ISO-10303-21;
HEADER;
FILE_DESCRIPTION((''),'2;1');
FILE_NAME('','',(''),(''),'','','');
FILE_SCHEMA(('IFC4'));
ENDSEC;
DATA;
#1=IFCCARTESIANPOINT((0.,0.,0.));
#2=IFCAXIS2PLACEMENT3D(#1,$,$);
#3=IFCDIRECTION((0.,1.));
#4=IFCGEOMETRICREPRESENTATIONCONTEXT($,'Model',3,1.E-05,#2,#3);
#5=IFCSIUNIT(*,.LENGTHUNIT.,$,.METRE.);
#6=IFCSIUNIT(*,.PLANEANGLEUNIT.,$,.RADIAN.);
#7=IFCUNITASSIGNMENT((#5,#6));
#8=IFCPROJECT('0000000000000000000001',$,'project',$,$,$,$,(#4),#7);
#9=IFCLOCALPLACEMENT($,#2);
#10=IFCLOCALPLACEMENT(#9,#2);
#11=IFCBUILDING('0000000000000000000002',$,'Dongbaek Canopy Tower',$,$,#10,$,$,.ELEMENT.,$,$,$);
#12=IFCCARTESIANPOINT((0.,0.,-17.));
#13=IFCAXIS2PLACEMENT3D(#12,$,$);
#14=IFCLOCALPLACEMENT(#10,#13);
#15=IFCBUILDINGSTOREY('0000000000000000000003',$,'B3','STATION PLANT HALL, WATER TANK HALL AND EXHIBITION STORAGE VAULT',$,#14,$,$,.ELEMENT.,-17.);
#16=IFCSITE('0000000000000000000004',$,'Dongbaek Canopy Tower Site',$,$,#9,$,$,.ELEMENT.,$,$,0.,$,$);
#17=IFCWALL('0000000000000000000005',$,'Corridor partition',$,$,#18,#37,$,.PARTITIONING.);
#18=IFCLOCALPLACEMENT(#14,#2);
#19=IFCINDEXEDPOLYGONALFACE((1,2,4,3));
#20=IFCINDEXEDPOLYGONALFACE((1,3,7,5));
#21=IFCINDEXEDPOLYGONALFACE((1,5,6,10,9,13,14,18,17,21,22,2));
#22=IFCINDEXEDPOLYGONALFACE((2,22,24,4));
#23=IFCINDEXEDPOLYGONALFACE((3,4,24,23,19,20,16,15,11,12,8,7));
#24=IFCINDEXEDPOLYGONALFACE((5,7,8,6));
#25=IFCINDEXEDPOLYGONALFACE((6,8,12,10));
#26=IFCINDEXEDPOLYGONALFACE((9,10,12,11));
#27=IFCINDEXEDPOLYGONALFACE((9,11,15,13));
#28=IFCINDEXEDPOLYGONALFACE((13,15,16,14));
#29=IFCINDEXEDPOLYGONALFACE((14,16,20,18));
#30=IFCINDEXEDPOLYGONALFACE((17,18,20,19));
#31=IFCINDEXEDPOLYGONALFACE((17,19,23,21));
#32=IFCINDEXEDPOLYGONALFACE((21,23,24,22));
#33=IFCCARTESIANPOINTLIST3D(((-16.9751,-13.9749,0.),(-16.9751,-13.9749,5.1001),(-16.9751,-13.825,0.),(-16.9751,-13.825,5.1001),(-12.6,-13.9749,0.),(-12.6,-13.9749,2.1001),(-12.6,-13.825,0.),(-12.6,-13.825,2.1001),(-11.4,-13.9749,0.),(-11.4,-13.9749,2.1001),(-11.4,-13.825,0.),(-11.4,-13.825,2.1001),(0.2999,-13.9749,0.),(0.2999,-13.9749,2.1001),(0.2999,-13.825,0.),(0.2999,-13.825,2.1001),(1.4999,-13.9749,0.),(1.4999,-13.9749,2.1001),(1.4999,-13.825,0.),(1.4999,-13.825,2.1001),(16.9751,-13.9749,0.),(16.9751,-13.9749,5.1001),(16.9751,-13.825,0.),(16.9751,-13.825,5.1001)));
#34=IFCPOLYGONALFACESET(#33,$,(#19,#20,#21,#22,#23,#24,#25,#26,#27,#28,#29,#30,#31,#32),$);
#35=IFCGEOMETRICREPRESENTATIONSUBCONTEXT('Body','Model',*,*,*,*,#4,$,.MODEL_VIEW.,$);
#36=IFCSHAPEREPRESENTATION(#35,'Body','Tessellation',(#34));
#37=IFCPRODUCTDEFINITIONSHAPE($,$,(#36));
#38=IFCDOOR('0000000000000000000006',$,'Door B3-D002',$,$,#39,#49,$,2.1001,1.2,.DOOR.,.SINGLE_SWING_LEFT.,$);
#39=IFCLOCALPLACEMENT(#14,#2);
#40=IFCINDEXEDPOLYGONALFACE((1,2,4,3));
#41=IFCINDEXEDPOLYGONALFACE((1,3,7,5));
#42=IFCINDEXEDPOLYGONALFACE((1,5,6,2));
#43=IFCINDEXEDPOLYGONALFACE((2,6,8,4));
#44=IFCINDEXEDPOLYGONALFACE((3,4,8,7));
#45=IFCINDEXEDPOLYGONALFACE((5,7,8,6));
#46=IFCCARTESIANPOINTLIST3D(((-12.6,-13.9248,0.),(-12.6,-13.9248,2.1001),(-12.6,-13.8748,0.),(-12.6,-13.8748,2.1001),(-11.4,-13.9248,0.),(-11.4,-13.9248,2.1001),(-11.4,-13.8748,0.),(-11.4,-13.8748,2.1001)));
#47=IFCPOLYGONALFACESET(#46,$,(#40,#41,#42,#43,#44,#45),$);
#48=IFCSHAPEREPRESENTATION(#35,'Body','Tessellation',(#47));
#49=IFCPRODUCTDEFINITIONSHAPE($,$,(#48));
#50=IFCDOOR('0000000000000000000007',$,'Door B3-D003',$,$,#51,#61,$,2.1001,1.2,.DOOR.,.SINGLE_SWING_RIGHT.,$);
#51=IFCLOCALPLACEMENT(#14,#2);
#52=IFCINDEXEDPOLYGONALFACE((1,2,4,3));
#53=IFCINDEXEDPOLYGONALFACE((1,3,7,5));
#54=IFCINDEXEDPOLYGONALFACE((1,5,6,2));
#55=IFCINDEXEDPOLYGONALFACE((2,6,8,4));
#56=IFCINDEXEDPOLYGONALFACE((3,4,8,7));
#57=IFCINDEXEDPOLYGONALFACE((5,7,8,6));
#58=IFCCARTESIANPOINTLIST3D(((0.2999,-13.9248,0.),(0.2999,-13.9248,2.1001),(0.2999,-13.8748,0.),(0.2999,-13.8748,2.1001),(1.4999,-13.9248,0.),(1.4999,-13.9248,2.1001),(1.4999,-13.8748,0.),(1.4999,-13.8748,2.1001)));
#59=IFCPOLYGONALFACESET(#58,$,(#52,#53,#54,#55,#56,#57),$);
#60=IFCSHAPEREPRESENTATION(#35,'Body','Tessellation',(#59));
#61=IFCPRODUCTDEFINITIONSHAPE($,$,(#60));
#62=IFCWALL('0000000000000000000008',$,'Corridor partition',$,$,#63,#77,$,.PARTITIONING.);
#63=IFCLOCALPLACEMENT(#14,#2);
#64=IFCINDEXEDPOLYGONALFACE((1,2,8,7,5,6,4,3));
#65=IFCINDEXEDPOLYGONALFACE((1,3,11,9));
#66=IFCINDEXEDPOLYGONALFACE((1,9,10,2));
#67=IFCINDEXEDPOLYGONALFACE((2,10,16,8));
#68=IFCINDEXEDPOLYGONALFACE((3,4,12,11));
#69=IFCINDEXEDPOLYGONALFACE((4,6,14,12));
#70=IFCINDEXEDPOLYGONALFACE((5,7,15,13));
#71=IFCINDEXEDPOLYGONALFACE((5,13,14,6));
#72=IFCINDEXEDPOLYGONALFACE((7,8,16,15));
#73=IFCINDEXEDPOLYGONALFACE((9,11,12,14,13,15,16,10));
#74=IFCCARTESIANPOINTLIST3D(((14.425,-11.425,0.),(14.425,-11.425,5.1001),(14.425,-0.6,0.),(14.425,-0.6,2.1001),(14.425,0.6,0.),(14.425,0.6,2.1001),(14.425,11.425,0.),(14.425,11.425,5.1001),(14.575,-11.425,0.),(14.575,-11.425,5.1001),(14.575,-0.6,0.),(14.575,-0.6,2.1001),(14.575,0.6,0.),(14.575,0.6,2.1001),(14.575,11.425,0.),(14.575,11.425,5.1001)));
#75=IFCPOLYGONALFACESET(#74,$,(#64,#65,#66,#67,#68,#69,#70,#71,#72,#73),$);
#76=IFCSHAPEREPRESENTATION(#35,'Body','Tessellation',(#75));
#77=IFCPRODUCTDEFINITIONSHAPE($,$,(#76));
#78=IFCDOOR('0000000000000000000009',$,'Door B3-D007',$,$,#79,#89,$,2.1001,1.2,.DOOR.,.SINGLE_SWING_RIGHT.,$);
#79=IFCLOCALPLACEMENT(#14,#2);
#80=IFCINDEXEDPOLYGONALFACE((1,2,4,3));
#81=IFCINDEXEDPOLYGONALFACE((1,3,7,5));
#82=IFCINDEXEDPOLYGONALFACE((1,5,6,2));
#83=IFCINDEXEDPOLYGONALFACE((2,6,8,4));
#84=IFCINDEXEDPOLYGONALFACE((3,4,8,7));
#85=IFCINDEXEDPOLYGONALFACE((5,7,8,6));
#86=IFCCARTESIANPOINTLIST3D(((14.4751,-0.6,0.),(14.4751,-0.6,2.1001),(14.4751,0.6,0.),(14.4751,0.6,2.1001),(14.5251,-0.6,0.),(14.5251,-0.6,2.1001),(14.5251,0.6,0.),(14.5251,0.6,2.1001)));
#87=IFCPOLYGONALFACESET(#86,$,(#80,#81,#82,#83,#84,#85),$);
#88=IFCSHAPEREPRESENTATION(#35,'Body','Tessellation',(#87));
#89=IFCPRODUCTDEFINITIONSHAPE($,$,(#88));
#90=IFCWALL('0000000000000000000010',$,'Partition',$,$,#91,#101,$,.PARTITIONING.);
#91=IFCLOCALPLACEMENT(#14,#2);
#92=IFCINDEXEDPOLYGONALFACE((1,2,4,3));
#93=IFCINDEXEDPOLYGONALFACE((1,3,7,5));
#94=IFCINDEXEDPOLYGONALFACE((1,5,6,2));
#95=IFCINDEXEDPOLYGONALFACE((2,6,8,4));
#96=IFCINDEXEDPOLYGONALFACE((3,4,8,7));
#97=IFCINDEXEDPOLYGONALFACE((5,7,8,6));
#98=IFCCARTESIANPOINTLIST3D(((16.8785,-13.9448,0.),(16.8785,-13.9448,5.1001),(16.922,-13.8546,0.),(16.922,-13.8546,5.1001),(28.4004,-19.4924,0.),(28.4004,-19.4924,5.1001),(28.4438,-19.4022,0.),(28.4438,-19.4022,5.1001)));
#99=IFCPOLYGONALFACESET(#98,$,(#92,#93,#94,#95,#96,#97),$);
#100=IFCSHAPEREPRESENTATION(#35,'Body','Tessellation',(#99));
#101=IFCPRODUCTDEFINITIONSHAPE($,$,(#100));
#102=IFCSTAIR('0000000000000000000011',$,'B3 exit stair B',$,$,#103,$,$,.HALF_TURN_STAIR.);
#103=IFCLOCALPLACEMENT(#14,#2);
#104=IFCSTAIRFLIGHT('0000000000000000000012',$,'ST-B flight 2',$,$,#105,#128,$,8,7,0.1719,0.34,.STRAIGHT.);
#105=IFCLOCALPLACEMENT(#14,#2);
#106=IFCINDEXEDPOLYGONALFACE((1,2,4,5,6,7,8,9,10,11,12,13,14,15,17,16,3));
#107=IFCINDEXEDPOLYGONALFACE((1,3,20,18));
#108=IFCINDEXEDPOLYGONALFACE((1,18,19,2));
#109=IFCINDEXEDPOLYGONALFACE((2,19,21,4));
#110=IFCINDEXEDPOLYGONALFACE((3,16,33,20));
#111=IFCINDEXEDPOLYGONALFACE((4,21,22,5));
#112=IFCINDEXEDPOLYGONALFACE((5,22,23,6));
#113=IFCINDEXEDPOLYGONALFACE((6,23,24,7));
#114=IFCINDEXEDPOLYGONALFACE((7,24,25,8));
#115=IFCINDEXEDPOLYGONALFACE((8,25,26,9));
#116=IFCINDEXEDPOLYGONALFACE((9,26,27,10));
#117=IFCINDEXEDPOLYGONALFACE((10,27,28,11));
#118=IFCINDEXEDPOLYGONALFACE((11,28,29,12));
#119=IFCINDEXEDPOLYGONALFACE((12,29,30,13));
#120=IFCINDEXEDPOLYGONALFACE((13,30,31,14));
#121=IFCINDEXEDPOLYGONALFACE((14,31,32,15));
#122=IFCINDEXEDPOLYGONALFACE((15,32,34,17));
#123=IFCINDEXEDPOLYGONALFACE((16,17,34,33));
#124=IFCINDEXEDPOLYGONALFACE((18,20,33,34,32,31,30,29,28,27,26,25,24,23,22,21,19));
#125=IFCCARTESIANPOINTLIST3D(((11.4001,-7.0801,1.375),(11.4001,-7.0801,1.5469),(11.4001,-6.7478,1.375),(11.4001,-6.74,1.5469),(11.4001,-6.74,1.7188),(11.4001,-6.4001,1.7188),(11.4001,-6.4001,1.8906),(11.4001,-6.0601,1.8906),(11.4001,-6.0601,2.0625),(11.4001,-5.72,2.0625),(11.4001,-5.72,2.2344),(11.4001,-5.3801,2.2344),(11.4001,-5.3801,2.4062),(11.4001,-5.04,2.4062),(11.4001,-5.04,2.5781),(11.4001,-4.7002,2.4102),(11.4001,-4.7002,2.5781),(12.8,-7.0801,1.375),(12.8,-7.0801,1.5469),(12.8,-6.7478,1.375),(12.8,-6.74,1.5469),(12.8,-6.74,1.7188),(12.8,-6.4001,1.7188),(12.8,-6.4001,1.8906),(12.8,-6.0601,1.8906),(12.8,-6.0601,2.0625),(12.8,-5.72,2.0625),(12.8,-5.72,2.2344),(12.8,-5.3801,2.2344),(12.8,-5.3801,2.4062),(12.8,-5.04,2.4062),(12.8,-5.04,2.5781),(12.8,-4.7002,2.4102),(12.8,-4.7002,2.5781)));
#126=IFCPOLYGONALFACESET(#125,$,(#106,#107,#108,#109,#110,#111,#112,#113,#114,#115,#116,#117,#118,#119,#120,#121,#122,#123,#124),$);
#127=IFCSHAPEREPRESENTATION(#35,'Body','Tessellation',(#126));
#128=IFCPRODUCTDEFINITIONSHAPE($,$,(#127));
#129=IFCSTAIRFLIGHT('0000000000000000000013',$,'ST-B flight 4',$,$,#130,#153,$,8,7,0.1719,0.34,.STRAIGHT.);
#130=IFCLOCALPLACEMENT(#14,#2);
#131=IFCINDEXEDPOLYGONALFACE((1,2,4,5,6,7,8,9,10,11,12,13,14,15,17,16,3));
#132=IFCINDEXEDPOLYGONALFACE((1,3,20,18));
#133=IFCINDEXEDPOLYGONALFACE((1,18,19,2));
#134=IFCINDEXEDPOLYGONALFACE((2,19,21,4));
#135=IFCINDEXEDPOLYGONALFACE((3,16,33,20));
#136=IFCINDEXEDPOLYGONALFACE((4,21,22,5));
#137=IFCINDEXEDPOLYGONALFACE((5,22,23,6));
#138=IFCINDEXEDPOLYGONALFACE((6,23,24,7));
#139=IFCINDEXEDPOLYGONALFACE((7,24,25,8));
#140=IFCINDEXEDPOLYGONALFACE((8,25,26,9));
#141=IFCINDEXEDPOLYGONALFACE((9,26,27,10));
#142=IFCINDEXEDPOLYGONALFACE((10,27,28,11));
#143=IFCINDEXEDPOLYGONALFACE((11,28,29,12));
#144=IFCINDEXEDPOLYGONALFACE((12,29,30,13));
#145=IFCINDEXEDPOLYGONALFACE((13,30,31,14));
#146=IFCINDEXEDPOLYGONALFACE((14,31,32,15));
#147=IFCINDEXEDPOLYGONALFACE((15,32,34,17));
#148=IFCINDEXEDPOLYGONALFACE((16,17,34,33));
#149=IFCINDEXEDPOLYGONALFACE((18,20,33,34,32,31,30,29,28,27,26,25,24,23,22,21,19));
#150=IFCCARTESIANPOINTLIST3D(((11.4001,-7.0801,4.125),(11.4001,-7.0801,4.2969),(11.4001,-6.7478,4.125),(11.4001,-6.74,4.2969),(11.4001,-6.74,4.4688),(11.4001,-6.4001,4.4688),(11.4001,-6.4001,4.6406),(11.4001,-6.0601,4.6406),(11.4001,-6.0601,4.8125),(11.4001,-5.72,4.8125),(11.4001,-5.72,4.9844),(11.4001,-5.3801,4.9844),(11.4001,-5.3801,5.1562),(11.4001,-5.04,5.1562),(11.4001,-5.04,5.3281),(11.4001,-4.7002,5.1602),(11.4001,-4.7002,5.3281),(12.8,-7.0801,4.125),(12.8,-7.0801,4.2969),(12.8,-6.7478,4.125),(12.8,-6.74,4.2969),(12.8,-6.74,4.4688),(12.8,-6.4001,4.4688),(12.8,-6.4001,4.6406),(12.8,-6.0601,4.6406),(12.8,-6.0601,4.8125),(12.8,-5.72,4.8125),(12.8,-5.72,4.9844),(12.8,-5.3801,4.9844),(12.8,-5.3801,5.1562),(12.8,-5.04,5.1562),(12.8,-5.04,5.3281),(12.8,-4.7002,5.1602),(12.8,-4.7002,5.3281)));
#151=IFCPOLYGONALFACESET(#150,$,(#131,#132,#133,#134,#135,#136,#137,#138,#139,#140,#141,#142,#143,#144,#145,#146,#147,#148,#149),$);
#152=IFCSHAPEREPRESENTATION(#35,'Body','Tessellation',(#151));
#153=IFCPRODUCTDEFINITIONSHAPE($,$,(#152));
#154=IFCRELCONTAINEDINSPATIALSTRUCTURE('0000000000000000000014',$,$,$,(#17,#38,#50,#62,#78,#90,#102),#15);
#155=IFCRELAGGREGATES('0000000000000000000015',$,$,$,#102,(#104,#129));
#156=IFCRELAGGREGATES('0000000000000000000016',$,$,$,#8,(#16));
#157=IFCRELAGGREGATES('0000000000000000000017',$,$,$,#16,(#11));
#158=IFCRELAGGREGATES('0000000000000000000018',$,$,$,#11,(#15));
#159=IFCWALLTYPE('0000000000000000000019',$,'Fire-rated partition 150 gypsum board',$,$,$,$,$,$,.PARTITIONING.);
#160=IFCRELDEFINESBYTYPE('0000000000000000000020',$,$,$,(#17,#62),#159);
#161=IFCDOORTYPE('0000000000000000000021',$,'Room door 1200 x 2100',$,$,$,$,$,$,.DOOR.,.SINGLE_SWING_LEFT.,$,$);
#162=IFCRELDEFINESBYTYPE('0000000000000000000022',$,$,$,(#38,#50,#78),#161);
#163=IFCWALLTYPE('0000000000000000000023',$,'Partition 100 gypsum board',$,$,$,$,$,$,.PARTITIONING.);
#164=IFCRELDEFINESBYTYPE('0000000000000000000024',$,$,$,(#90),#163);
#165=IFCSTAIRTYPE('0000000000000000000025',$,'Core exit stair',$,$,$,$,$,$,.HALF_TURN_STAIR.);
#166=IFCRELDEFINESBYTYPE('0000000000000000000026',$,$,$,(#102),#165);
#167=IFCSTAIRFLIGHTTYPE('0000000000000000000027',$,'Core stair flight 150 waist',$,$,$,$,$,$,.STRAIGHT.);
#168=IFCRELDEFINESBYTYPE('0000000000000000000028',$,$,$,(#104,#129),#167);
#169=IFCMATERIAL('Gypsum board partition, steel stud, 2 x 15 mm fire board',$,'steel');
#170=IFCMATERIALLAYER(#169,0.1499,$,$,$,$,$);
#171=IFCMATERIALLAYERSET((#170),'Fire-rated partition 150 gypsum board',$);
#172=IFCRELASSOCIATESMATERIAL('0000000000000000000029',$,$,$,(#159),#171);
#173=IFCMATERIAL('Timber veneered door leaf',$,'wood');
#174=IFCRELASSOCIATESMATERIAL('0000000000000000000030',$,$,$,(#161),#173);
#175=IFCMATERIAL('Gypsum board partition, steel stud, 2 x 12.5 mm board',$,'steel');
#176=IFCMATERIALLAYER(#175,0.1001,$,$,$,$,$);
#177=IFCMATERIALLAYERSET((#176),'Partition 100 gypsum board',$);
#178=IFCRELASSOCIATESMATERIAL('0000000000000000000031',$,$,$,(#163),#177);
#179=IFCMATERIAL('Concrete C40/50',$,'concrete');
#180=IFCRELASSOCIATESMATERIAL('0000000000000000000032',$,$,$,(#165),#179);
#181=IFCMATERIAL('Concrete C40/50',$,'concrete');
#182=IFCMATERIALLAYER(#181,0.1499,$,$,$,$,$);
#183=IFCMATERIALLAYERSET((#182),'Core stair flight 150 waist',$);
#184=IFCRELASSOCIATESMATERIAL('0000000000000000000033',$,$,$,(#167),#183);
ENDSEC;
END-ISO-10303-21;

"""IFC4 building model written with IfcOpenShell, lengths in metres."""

from ifc_helpers import new_model, si_unit, direction, frame, frame_2d, origin, place, context, subcontext, project, spatial, polyline, rectangle, outline, extrude, material, layer, layer_set, type_object, element, fill, aggregate, save


model = new_model("IFC4")

# Units and contexts
model_context = context("Model", 3, precision=1e-05, world=origin(), true_north=direction((0.0, 1.0)))
body_context = subcontext(model_context, "Body", "Model", "MODEL_VIEW")
ifc_project = project(units=[si_unit("LENGTHUNIT", "METRE"), si_unit("PLANEANGLEUNIT", "RADIAN")], contexts=[model_context])

# Site, building, storey
site_placement = place(None, origin())
site = spatial("IfcSite", under=ifc_project, at=site_placement, Name="Dongbaek Canopy Tower Site", CompositionType="ELEMENT", RefElevation=0.0)
building_placement = place(site_placement, origin())
building = spatial("IfcBuilding", under=site, at=building_placement, Name="Dongbaek Canopy Tower", CompositionType="ELEMENT")
storey_placement = place(building_placement, frame((0.0, 0.0, -17.0)))
storey = spatial("IfcBuildingStorey", under=building, at=storey_placement, Name="B3", Description="STATION PLANT HALL, WATER TANK HALL AND EXHIBITION STORAGE VAULT", CompositionType="ELEMENT", Elevation=-17.0)

# Wall, openings, doors
ifc_material_1 = material(Name="Gypsum board partition, steel stud, 2 x 15 mm fire board", Category="steel")
ifc_layer_1 = layer(ifc_material_1, 0.1499)
ifc_layer_set_1 = layer_set([ifc_layer_1], Name="Fire-rated partition 150 gypsum board")
wall_type_1 = type_object("IfcWallType", Name="Fire-rated partition 150 gypsum board", PredefinedType="PARTITIONING", material=ifc_layer_set_1)
wall_1_placement = place(storey_placement, frame((16.9751, -13.8999, 0.0), z_axis=(0.0, 0.0, 1.0), x_axis=(-1.0, 0.0, 0.0)))
wall_1 = element("IfcWall", 1, at=wall_1_placement, inside=storey, type_object=wall_type_1, Name="Corridor partition", PredefinedType="PARTITIONING", context=body_context, shape_type="SweptSolid", body=[
    extrude(rectangle(XDim=33.9502, YDim=0.1499, at=frame_2d((16.9751, 0.0))), origin(), (0.0, 0.0, 1.0), 5.1001),
])
opening_1_placement = place(wall_1_placement, frame((28.375, 0.0, 0.0)))
opening_1 = element("IfcOpeningElement", 2, at=opening_1_placement, cuts=wall_1, PredefinedType="OPENING", context=body_context, shape_type="SweptSolid", body=[
    extrude(rectangle(XDim=1.2, YDim=2.1001, at=frame_2d((0.6001, 1.05))), frame((0.0, 0.085, 0.0), z_axis=(0.0, -1.0, 0.0), x_axis=(1.0, 0.0, 0.0)), (0.0, 0.0, 1.0), 0.1699),
])
opening_2_placement = place(wall_1_placement, frame((15.4751, 0.0, 0.0)))
opening_2 = element("IfcOpeningElement", 3, at=opening_2_placement, cuts=wall_1, PredefinedType="OPENING", context=body_context, shape_type="SweptSolid", body=[
    extrude(rectangle(XDim=1.2, YDim=2.1001, at=frame_2d((0.6001, 1.05))), frame((0.0, 0.085, 0.0), z_axis=(0.0, -1.0, 0.0), x_axis=(1.0, 0.0, 0.0)), (0.0, 0.0, 1.0), 0.1699),
])
ifc_material_2 = material(Name="Timber veneered door leaf", Category="wood")
door_type_1 = type_object("IfcDoorType", Name="Room door 1200 x 2100", OperationType="SINGLE_SWING_LEFT", PredefinedType="DOOR", material=ifc_material_2)
door_1_placement = place(opening_1_placement, origin())
door_1 = element("IfcDoor", 4, at=door_1_placement, inside=storey, type_object=door_type_1, Name="Door B3-D002", OperationType="SINGLE_SWING_LEFT", OverallHeight=2.1001, OverallWidth=1.2, PredefinedType="DOOR", context=body_context, shape_type="SweptSolid", body=[
    extrude(rectangle(XDim=1.2, YDim=2.1001, at=frame_2d((0.6001, 1.05))), frame((0.0, 0.0249, 0.0), z_axis=(0.0, -1.0, 0.0), x_axis=(1.0, 0.0, 0.0)), (0.0, 0.0, 1.0), 0.05),
])
fill(opening_1, door_1)
door_2_placement = place(opening_2_placement, origin())
door_2 = element("IfcDoor", 5, at=door_2_placement, inside=storey, type_object=door_type_1, Name="Door B3-D003", OperationType="SINGLE_SWING_RIGHT", OverallHeight=2.1001, OverallWidth=1.2, PredefinedType="DOOR", context=body_context, shape_type="SweptSolid", body=[
    extrude(rectangle(XDim=1.2, YDim=2.1001, at=frame_2d((0.6001, 1.05))), frame((0.0, 0.0249, 0.0), z_axis=(0.0, -1.0, 0.0), x_axis=(1.0, 0.0, 0.0)), (0.0, 0.0, 1.0), 0.05),
])
fill(opening_2, door_2)

# Wall, opening, door
wall_2_placement = place(storey_placement, frame((14.5, -11.425, 0.0), z_axis=(0.0, 0.0, 1.0), x_axis=(0.0, 1.0, 0.0)))
wall_2 = element("IfcWall", 6, at=wall_2_placement, inside=storey, type_object=wall_type_1, Name="Corridor partition", PredefinedType="PARTITIONING", context=body_context, shape_type="SweptSolid", body=[
    extrude(rectangle(XDim=22.8501, YDim=0.1499, at=frame_2d((11.425, 0.0))), origin(), (0.0, 0.0, 1.0), 5.1001),
])
opening_3_placement = place(wall_2_placement, frame((10.825, 0.0, 0.0)))
opening_3 = element("IfcOpeningElement", 7, at=opening_3_placement, cuts=wall_2, PredefinedType="OPENING", context=body_context, shape_type="SweptSolid", body=[
    extrude(rectangle(XDim=1.2, YDim=2.1001, at=frame_2d((0.6001, 1.05))), frame((0.0, 0.085, 0.0), z_axis=(0.0, -1.0, 0.0), x_axis=(1.0, 0.0, 0.0)), (0.0, 0.0, 1.0), 0.1699),
])
door_3_placement = place(opening_3_placement, origin())
door_3 = element("IfcDoor", 8, at=door_3_placement, inside=storey, type_object=door_type_1, Name="Door B3-D007", OperationType="SINGLE_SWING_RIGHT", OverallHeight=2.1001, OverallWidth=1.2, PredefinedType="DOOR", context=body_context, shape_type="SweptSolid", body=[
    extrude(rectangle(XDim=1.2, YDim=2.1001, at=frame_2d((0.6001, 1.05))), frame((0.0, 0.0249, 0.0), z_axis=(0.0, -1.0, 0.0), x_axis=(1.0, 0.0, 0.0)), (0.0, 0.0, 1.0), 0.05),
])
fill(opening_3, door_3)

# Wall
ifc_material_3 = material(Name="Gypsum board partition, steel stud, 2 x 12.5 mm board", Category="steel")
ifc_layer_2 = layer(ifc_material_3, 0.1001)
ifc_layer_set_2 = layer_set([ifc_layer_2], Name="Partition 100 gypsum board")
wall_type_2 = type_object("IfcWallType", Name="Partition 100 gypsum board", PredefinedType="PARTITIONING", material=ifc_layer_set_2)
wall_3_placement = place(storey_placement, frame((16.9001, -13.8997, 0.0), z_axis=(0.0, 0.0, 1.0), x_axis=(0.901002, -0.433815, 0.0)))
element("IfcWall", 9, at=wall_3_placement, inside=storey, type_object=wall_type_2, Name="Partition", PredefinedType="PARTITIONING", context=body_context, shape_type="SweptSolid", body=[
    extrude(rectangle(XDim=12.7878, YDim=0.1001, at=frame_2d((6.394, 0.0))), origin(), (0.0, 0.0, 1.0), 5.1001),
])

# Stair, stair flights
ifc_material_4 = material(Name="Concrete C40/50", Category="concrete")
stair_type = type_object("IfcStairType", Name="Core exit stair", PredefinedType="HALF_TURN_STAIR", material=ifc_material_4)
stair_placement = place(storey_placement, origin())
stair = element("IfcStair", 10, at=stair_placement, inside=storey, type_object=stair_type, Name="B3 exit stair B", PredefinedType="HALF_TURN_STAIR")
ifc_material_5 = material(Name="Concrete C40/50", Category="concrete")
ifc_layer_3 = layer(ifc_material_5, 0.1499)
ifc_layer_set_3 = layer_set([ifc_layer_3], Name="Core stair flight 150 waist")
stair_flight_type = type_object("IfcStairFlightType", Name="Core stair flight 150 waist", PredefinedType="STRAIGHT", material=ifc_layer_set_3)
stair_flight_1_placement = place(storey_placement, frame((12.1001, -7.0801, 1.375), z_axis=(0.0, 0.0, 1.0), x_axis=(0.0, 1.0, 0.0)))
stair_flight_1 = element("IfcStairFlight", 11, at=stair_flight_1_placement, type_object=stair_flight_type, Name="ST-B flight 2", NumberOfRisers=8, NumberOfTreads=7, PredefinedType="STRAIGHT", RiserHeight=0.1719, TreadLength=0.34, context=body_context, shape_type="SweptSolid", body=[
    extrude(outline(polyline([(0.0, 0.0), (0.0, 0.1719), (0.3401, 0.1719), (0.3401, 0.3438), (0.6799, 0.3438), (0.6799, 0.5156), (1.02, 0.5156), (1.02, 0.6875), (1.3601, 0.6875), (1.3601, 0.8594), (1.7, 0.8594), (1.7, 1.0312), (2.04, 1.0312), (2.04, 1.2031), (2.3799, 1.2031), (2.3799, 1.375), (2.3799, 1.0352), (0.3323, 0.0), (0.0, 0.0)])), frame((0.0, 0.7, 0.0), z_axis=(0.0, -1.0, 0.0), x_axis=(1.0, 0.0, 0.0)), (0.0, 0.0, 1.0), 1.3999),
])
stair_flight_2_placement = place(storey_placement, frame((12.1001, -7.0801, 4.125), z_axis=(0.0, 0.0, 1.0), x_axis=(0.0, 1.0, 0.0)))
stair_flight_2 = element("IfcStairFlight", 12, at=stair_flight_2_placement, type_object=stair_flight_type, Name="ST-B flight 4", NumberOfRisers=8, NumberOfTreads=7, PredefinedType="STRAIGHT", RiserHeight=0.1719, TreadLength=0.34, context=body_context, shape_type="SweptSolid", body=[
    extrude(outline(polyline([(0.0, 0.0), (0.0, 0.1719), (0.3401, 0.1719), (0.3401, 0.3438), (0.6799, 0.3438), (0.6799, 0.5156), (1.02, 0.5156), (1.02, 0.6875), (1.3601, 0.6875), (1.3601, 0.8594), (1.7, 0.8594), (1.7, 1.0312), (2.04, 1.0312), (2.04, 1.2031), (2.3799, 1.2031), (2.3799, 1.375), (2.3799, 1.0352), (0.3323, 0.0), (0.0, 0.0)])), frame((0.0, 0.7, 0.0), z_axis=(0.0, -1.0, 0.0), x_axis=(1.0, 0.0, 0.0)), (0.0, 0.0, 1.0), 1.3999),
])
aggregate(stair, [stair_flight_1, stair_flight_2])

save(model, "model.ifc")
